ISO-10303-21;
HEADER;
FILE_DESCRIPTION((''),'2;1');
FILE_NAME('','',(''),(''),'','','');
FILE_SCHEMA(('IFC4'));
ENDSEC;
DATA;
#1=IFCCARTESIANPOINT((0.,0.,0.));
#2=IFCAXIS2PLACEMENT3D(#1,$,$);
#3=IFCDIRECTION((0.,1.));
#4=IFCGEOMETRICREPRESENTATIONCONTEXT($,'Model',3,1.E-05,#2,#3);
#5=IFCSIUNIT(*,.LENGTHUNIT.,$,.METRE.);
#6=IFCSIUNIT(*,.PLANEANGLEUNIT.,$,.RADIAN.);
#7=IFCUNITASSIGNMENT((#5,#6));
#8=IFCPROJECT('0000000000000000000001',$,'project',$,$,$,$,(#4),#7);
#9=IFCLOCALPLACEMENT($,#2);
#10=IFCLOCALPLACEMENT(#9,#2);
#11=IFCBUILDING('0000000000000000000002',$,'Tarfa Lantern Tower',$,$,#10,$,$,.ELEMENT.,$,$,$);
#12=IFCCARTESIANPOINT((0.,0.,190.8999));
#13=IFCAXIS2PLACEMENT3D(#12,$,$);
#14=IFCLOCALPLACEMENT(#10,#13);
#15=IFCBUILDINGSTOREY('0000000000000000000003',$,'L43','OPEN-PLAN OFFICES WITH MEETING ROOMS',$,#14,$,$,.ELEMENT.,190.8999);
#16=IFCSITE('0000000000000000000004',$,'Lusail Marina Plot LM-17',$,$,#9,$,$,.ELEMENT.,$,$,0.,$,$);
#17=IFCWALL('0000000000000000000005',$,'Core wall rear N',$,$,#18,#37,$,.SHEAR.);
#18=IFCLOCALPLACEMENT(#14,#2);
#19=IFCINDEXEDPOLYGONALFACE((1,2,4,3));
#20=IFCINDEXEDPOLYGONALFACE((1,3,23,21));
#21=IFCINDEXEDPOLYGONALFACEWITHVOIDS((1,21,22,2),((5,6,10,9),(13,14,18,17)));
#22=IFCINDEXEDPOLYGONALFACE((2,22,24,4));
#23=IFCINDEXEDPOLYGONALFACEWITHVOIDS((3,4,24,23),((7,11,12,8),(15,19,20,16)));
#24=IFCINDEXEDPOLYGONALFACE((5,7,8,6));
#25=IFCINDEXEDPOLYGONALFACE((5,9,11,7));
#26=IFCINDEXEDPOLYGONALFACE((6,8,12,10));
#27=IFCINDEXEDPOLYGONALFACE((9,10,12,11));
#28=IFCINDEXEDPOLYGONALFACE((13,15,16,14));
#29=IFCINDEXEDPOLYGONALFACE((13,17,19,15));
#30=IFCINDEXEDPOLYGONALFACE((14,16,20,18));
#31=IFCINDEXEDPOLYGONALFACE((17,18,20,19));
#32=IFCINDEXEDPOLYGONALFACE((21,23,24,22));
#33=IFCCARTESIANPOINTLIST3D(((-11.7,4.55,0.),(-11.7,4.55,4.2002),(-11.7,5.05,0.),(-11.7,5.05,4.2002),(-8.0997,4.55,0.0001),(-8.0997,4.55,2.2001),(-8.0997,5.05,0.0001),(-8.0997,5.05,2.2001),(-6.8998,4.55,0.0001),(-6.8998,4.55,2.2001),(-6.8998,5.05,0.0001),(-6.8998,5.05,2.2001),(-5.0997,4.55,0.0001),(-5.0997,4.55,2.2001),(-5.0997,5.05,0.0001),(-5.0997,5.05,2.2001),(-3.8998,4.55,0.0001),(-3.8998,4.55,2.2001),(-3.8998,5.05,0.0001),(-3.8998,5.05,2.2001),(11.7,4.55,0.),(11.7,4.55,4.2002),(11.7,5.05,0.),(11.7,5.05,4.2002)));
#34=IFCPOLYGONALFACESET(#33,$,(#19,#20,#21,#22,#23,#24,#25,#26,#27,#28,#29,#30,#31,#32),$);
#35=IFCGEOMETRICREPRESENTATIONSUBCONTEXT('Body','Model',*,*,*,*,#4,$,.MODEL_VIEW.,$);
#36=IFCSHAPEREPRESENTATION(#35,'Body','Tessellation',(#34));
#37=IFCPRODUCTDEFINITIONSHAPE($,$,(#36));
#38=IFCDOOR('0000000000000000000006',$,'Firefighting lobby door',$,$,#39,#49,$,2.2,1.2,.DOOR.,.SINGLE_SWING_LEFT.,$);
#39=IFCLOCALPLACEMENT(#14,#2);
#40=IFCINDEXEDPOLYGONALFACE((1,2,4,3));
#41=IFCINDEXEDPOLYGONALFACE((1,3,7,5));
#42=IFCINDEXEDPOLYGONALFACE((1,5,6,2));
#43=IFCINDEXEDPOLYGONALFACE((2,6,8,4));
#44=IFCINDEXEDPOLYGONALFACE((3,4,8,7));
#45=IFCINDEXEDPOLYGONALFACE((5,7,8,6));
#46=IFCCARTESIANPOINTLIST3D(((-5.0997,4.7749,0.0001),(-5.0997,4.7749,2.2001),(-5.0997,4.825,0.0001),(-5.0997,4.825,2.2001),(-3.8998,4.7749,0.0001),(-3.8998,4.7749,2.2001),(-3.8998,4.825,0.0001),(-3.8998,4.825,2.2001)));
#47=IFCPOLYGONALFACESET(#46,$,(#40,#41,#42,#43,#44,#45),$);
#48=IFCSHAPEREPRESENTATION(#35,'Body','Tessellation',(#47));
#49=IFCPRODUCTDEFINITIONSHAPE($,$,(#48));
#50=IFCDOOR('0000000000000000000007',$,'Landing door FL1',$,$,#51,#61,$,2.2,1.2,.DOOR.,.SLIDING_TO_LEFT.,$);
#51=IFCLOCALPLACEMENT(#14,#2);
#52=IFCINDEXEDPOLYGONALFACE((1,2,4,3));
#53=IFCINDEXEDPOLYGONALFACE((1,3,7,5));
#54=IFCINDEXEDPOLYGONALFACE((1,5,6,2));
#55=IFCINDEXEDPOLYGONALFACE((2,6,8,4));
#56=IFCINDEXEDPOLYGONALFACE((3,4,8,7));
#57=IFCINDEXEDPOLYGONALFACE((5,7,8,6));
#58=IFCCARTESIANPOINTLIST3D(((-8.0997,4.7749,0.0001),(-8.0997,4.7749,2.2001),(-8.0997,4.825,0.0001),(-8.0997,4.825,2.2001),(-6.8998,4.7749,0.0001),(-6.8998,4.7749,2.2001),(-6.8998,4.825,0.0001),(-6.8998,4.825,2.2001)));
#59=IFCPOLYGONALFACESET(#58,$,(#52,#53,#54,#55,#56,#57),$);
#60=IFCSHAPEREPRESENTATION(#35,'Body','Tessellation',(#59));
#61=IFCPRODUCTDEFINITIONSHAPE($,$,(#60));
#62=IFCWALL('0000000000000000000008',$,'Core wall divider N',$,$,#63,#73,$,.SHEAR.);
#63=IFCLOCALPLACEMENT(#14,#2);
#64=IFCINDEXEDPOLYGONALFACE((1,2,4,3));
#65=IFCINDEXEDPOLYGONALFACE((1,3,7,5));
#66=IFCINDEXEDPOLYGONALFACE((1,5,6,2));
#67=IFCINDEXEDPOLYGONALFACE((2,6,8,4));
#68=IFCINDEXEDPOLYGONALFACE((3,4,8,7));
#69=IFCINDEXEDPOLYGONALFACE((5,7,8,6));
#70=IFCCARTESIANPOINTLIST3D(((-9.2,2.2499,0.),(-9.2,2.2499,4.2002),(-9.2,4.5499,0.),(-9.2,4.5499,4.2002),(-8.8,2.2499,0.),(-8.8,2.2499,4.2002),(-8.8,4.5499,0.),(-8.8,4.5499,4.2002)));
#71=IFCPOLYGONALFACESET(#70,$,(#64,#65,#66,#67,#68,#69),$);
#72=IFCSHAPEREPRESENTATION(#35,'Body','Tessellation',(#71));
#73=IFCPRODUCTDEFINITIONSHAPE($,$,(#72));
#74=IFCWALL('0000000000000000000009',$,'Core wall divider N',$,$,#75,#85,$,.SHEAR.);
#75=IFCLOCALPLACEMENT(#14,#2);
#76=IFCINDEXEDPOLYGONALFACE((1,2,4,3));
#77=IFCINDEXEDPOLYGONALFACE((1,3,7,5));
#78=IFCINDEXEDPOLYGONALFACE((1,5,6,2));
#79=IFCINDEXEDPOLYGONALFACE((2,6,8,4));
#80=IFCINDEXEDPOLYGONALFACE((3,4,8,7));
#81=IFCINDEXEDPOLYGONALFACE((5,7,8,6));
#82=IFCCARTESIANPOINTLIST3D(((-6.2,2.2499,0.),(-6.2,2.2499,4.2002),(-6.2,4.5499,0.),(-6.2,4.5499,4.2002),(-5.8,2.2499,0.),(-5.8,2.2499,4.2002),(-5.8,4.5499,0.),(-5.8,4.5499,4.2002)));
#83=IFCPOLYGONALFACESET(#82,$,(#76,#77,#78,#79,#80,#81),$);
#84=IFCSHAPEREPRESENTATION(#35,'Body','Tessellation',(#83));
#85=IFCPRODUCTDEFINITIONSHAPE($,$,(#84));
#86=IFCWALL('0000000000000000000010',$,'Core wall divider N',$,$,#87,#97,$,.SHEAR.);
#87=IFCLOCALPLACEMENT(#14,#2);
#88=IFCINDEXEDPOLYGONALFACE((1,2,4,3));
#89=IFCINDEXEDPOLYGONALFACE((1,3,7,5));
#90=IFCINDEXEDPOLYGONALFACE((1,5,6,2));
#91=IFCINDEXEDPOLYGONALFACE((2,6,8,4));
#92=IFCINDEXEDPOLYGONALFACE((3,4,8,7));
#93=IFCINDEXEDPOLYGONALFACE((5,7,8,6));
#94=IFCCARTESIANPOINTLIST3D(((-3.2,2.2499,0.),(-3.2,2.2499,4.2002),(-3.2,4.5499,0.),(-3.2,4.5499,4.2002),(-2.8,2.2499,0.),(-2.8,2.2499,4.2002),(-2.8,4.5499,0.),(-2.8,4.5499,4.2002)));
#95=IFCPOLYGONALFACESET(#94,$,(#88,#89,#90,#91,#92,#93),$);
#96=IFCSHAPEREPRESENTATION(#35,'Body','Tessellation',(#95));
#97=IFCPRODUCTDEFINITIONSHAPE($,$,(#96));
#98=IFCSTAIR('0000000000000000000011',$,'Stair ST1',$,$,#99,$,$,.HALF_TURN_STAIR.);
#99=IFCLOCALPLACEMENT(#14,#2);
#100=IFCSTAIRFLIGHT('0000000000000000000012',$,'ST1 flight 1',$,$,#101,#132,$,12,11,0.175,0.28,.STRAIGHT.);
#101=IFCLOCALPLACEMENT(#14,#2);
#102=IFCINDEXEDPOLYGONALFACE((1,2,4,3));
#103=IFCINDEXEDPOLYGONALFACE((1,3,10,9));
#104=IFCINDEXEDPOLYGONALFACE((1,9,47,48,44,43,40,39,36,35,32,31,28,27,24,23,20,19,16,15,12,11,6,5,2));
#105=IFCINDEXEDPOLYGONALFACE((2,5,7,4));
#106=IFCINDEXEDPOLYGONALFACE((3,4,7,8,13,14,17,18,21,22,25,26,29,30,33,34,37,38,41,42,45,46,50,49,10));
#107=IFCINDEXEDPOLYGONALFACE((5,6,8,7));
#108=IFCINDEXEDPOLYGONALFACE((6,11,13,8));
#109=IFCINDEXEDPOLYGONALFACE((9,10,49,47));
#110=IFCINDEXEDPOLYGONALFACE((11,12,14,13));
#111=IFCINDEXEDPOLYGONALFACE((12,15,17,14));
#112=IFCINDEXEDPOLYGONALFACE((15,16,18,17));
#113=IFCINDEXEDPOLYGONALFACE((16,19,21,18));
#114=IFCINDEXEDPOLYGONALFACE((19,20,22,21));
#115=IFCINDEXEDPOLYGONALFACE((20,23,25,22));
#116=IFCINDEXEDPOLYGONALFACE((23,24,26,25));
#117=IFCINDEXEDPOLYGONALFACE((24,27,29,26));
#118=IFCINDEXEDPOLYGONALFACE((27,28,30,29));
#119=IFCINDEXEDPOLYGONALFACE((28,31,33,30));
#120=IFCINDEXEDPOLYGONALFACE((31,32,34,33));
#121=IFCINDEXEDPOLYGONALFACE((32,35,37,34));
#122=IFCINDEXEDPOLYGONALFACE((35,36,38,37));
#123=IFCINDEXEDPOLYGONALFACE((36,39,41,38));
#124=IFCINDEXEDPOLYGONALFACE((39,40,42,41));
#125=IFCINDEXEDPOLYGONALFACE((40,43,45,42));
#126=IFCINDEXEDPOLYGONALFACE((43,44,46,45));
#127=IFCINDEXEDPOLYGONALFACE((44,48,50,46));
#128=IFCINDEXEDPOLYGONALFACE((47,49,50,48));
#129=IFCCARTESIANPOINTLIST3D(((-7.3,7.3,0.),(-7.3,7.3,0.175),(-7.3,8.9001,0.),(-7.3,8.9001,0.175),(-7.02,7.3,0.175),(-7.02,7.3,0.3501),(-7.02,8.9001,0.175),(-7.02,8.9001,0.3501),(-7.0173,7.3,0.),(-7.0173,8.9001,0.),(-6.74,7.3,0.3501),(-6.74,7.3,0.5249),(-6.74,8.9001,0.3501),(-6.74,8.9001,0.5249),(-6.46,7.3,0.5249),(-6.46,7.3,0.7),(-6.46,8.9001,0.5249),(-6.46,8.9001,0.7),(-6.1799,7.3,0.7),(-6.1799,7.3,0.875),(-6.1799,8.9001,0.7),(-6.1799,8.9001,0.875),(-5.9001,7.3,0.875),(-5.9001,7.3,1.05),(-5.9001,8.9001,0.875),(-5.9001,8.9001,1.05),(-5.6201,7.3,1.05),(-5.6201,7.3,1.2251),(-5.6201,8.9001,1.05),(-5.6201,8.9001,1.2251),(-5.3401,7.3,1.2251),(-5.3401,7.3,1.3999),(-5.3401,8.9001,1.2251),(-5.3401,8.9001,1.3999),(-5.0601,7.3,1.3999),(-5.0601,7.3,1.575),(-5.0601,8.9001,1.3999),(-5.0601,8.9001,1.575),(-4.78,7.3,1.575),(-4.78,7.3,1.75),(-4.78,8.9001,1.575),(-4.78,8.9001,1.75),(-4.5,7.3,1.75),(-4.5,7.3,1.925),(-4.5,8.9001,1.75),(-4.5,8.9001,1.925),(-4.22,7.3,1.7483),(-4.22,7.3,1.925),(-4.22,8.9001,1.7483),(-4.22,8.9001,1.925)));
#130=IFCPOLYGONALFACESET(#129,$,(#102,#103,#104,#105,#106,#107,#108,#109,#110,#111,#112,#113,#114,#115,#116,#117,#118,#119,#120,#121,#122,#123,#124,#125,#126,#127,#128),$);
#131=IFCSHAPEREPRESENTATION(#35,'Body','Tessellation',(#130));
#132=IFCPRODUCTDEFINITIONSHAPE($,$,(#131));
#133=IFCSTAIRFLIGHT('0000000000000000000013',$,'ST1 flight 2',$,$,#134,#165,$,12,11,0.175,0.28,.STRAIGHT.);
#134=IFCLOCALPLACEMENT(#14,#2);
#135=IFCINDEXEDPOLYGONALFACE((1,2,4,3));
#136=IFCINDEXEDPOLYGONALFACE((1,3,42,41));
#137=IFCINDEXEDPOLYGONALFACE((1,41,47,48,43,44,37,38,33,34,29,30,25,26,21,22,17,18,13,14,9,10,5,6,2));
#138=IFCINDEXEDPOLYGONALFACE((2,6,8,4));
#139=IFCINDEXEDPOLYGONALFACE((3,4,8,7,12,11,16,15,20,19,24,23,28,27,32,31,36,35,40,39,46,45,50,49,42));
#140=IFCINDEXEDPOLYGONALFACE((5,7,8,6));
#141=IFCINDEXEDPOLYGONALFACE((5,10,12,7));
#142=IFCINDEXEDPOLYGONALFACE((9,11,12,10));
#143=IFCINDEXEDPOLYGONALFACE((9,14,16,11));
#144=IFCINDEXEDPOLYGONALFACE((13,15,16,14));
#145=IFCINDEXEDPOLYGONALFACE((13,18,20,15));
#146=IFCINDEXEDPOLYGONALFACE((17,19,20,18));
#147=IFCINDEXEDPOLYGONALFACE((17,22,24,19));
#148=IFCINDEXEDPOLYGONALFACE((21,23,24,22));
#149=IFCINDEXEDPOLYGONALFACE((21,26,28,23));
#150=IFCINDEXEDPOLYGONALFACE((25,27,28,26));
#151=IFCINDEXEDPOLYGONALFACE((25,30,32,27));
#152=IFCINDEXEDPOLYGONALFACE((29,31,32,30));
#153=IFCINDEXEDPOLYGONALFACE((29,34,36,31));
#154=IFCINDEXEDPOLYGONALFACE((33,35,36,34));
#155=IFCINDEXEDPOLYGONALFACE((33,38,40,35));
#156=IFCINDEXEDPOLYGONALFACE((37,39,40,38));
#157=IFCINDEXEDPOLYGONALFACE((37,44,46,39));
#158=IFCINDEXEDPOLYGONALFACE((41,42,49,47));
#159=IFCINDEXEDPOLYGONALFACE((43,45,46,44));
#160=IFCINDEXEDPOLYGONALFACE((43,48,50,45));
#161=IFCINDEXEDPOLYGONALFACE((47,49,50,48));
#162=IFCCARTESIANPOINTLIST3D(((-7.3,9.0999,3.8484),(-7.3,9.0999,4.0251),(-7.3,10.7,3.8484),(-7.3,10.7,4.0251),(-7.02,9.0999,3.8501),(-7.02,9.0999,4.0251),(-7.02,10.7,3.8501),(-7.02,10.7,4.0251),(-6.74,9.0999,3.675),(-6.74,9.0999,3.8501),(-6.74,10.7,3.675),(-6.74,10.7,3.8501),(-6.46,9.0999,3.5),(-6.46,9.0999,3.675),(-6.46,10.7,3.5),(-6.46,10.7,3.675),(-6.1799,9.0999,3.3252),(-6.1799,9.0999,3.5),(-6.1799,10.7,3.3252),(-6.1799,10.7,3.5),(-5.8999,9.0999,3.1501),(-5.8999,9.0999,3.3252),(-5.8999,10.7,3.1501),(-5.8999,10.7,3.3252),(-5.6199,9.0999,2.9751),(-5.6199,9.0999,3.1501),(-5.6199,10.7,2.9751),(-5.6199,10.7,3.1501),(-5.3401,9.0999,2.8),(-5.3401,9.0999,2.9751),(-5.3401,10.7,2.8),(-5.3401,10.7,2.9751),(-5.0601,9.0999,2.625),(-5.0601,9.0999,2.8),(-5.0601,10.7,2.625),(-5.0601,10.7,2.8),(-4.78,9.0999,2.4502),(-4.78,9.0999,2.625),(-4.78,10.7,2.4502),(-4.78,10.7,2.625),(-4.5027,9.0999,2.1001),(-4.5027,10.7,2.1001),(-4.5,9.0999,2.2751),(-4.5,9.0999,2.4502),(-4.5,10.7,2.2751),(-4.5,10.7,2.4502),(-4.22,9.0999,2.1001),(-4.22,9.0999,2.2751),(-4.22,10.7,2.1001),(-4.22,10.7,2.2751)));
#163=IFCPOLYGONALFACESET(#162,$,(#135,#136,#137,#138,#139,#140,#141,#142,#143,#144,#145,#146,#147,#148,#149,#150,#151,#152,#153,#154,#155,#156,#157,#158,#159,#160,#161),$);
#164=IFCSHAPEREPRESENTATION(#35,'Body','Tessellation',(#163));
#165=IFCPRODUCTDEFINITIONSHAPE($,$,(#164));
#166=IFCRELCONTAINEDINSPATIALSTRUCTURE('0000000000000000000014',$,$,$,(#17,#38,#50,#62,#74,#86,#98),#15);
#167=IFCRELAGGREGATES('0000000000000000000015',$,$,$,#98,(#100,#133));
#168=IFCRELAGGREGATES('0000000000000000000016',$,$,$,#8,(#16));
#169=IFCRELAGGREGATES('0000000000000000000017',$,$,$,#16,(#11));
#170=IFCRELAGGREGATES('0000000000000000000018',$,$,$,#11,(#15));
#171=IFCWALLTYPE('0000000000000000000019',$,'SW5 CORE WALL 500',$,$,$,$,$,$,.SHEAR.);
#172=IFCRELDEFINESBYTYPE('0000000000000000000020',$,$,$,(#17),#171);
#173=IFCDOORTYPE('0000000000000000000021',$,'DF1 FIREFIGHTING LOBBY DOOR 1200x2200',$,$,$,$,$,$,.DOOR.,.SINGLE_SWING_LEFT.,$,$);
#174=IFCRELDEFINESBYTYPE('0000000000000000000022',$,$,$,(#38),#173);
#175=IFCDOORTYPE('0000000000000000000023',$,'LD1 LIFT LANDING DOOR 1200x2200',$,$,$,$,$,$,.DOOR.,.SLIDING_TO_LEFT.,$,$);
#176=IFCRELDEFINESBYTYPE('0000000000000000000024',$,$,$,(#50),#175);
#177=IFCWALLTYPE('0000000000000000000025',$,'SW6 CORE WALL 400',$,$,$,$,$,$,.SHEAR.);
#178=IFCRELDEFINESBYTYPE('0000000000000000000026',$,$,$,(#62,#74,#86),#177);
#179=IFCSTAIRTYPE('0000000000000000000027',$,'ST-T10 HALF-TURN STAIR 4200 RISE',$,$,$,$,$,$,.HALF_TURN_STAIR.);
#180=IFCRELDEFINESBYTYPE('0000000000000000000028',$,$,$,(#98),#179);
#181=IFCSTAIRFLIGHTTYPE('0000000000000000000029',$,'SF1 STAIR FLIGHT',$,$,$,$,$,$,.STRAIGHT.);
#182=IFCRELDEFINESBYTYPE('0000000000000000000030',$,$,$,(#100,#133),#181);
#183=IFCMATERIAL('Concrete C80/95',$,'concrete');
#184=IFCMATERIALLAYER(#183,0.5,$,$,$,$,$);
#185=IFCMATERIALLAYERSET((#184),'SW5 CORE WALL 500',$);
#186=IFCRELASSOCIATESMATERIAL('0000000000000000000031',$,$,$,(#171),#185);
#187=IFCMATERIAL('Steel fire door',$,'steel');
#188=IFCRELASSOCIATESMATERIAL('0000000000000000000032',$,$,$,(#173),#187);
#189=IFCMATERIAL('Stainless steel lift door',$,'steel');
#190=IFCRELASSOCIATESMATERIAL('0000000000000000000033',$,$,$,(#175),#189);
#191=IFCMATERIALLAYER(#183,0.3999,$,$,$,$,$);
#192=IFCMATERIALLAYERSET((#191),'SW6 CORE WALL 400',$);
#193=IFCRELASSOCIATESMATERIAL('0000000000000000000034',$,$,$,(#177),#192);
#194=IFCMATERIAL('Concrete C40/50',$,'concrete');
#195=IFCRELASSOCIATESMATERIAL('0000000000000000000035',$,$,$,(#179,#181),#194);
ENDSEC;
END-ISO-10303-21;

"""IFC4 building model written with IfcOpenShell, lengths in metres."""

from ifc_helpers import new_model, si_unit, direction, frame, frame_2d, origin, place, context, subcontext, project, spatial, polyline, rectangle, outline, extrude, material, layer, layer_set, type_object, element, fill, aggregate, save


model = new_model("IFC4")

# Units and contexts
model_context = context("Model", 3, precision=1e-05, world=origin(), true_north=direction((0.0, 1.0)))
body_context = subcontext(model_context, "Body", "Model", "MODEL_VIEW")
ifc_project = project(units=[si_unit("LENGTHUNIT", "METRE"), si_unit("PLANEANGLEUNIT", "RADIAN")], contexts=[model_context])

# Site, building, storey
site_placement = place(None, origin())
site = spatial("IfcSite", under=ifc_project, at=site_placement, Name="Lusail Marina Plot LM-17", CompositionType="ELEMENT", RefElevation=0.0)
building_placement = place(site_placement, origin())
building = spatial("IfcBuilding", under=site, at=building_placement, Name="Tarfa Lantern Tower", CompositionType="ELEMENT")
storey_placement = place(building_placement, frame((0.0, 0.0, 190.8999)))
storey = spatial("IfcBuildingStorey", under=building, at=storey_placement, Name="L43", Description="OPEN-PLAN OFFICES WITH MEETING ROOMS", CompositionType="ELEMENT", Elevation=190.8999)

# Shared definitions
ifc_material_1 = material(Name="Concrete C80/95", Category="concrete")

# Shared definitions
ifc_material_2 = material(Name="Steel fire door", Category="steel")

# Wall, openings, doors
ifc_layer_1 = layer(ifc_material_1, 0.5)
ifc_layer_set_1 = layer_set([ifc_layer_1], Name="SW5 CORE WALL 500")
wall_type_1 = type_object("IfcWallType", Name="SW5 CORE WALL 500", PredefinedType="SHEAR", material=ifc_layer_set_1)
ifc_material_3 = material(Name="Stainless steel lift door", Category="steel")
wall_1_placement = place(storey_placement, frame((-11.7, 4.8, 0.0), z_axis=(0.0, 0.0, 1.0), x_axis=(1.0, 0.0, 0.0)))
wall_1 = element("IfcWall", 1, at=wall_1_placement, inside=storey, type_object=wall_type_1, Name="Core wall rear N", PredefinedType="SHEAR", context=body_context, shape_type="SweptSolid", body=[
    extrude(rectangle(XDim=23.3999, YDim=0.5, at=frame_2d((11.7, 0.0))), origin(), (0.0, 0.0, 1.0), 4.2002),
])
opening_1_placement = place(wall_1_placement, frame((6.6001, 0.0, 0.0)))
opening_1 = element("IfcOpeningElement", 2, at=opening_1_placement, cuts=wall_1, PredefinedType="OPENING", context=body_context, shape_type="SweptSolid", body=[
    extrude(rectangle(XDim=1.2, YDim=2.2, at=frame_2d((0.6001, 1.1001))), frame((0.0, 0.26, 0.0), z_axis=(0.0, -1.0, 0.0), x_axis=(1.0, 0.0, 0.0)), (0.0, 0.0, 1.0), 0.52),
])
opening_2_placement = place(wall_1_placement, frame((3.6001, 0.0, 0.0)))
opening_2 = element("IfcOpeningElement", 3, at=opening_2_placement, cuts=wall_1, PredefinedType="OPENING", context=body_context, shape_type="SweptSolid", body=[
    extrude(rectangle(XDim=1.2, YDim=2.2, at=frame_2d((0.6001, 1.1001))), frame((0.0, 0.26, 0.0), z_axis=(0.0, -1.0, 0.0), x_axis=(1.0, 0.0, 0.0)), (0.0, 0.0, 1.0), 0.52),
])
door_type_1 = type_object("IfcDoorType", Name="DF1 FIREFIGHTING LOBBY DOOR 1200x2200", OperationType="SINGLE_SWING_LEFT", PredefinedType="DOOR", material=ifc_material_2)
door_1_placement = place(opening_1_placement, origin())
door_1 = element("IfcDoor", 4, at=door_1_placement, inside=storey, type_object=door_type_1, Name="Firefighting lobby door", OperationType="SINGLE_SWING_LEFT", OverallHeight=2.2, OverallWidth=1.2, PredefinedType="DOOR", context=body_context, shape_type="SweptSolid", body=[
    extrude(rectangle(XDim=1.2, YDim=2.2, at=frame_2d((0.6001, 1.1001))), frame((0.0, 0.0249, 0.0), z_axis=(0.0, -1.0, 0.0), x_axis=(1.0, 0.0, 0.0)), (0.0, 0.0, 1.0), 0.05),
])
fill(opening_1, door_1)
door_type_2 = type_object("IfcDoorType", Name="LD1 LIFT LANDING DOOR 1200x2200", OperationType="SLIDING_TO_LEFT", PredefinedType="DOOR", material=ifc_material_3)
door_2_placement = place(opening_2_placement, origin())
door_2 = element("IfcDoor", 5, at=door_2_placement, inside=storey, type_object=door_type_2, Name="Landing door FL1", OperationType="SLIDING_TO_LEFT", OverallHeight=2.2, OverallWidth=1.2, PredefinedType="DOOR", context=body_context, shape_type="SweptSolid", body=[
    extrude(rectangle(XDim=1.2, YDim=2.2, at=frame_2d((0.6001, 1.1001))), frame((0.0, 0.0249, 0.0), z_axis=(0.0, -1.0, 0.0), x_axis=(1.0, 0.0, 0.0)), (0.0, 0.0, 1.0), 0.05),
])
fill(opening_2, door_2)

# Walls
ifc_layer_2 = layer(ifc_material_1, 0.3999)
ifc_layer_set_2 = layer_set([ifc_layer_2], Name="SW6 CORE WALL 400")
wall_type_2 = type_object("IfcWallType", Name="SW6 CORE WALL 400", PredefinedType="SHEAR", material=ifc_layer_set_2)
for number, where, z_axis, x_axis, name in (
    (6, (-9.0, 2.25, 0.0), (0.0, 0.0, 1.0), (0.0, 1.0, 0.0), "Core wall divider N"),
    (7, (-6.0, 2.25, 0.0), (0.0, 0.0, 1.0), (0.0, 1.0, 0.0), "Core wall divider N"),
    (8, (-3.0, 2.25, 0.0), (0.0, 0.0, 1.0), (0.0, 1.0, 0.0), "Core wall divider N"),
):
    element("IfcWall", number, at=place(storey_placement, frame(where, z_axis=z_axis, x_axis=x_axis)), inside=storey, type_object=wall_type_2, Name=name, PredefinedType="SHEAR", context=body_context, shape_type="SweptSolid", body=[
        extrude(rectangle(XDim=2.3, YDim=0.3999, at=frame_2d((1.1499, 0.0))), origin(), (0.0, 0.0, 1.0), 4.2002),
    ])

# Stair, stair flights
ifc_material_4 = material(Name="Concrete C40/50", Category="concrete")
stair_type = type_object("IfcStairType", Name="ST-T10 HALF-TURN STAIR 4200 RISE", PredefinedType="HALF_TURN_STAIR", material=ifc_material_4)
stair_placement = place(storey_placement, origin())
stair = element("IfcStair", 9, at=stair_placement, inside=storey, type_object=stair_type, Name="Stair ST1", PredefinedType="HALF_TURN_STAIR")
stair_flight_type = type_object("IfcStairFlightType", Name="SF1 STAIR FLIGHT", PredefinedType="STRAIGHT", material=ifc_material_4)
stair_flight_1_placement = place(storey_placement, frame((-7.3, 8.1001, 0.0), z_axis=(0.0, 0.0, 1.0), x_axis=(1.0, 0.0, 0.0)))
stair_flight_1 = element("IfcStairFlight", 10, at=stair_flight_1_placement, type_object=stair_flight_type, Name="ST1 flight 1", NumberOfRisers=12, NumberOfTreads=11, PredefinedType="STRAIGHT", RiserHeight=0.175, TreadLength=0.28, context=body_context, shape_type="SweptSolid", body=[
    extrude(outline(polyline([(0.0, 0.0), (0.0, 0.175), (0.28, 0.175), (0.28, 0.3501), (0.5601, 0.3501), (0.5601, 0.5249), (0.8401, 0.5249), (0.8401, 0.7), (1.1201, 0.7), (1.1201, 0.875), (1.3999, 0.875), (1.3999, 1.05), (1.6799, 1.05), (1.6799, 1.2251), (1.96, 1.2251), (1.96, 1.3999), (2.24, 1.3999), (2.24, 1.575), (2.52, 1.575), (2.52, 1.75), (2.8, 1.75), (2.8, 1.925), (3.0801, 1.925), (3.0801, 2.1001), (3.0801, 1.7483), (0.2827, 0.0), (0.0, 0.0)])), frame((0.0, 0.8, 0.0), z_axis=(0.0, -1.0, 0.0), x_axis=(1.0, 0.0, 0.0)), (0.0, 0.0, 1.0), 1.6001),
])
stair_flight_2_placement = place(storey_placement, frame((-4.22, 9.8999, 2.1001), z_axis=(0.0, 0.0, 1.0), x_axis=(-1.0, 0.0, 0.0)))
stair_flight_2 = element("IfcStairFlight", 11, at=stair_flight_2_placement, type_object=stair_flight_type, Name="ST1 flight 2", NumberOfRisers=12, NumberOfTreads=11, PredefinedType="STRAIGHT", RiserHeight=0.175, TreadLength=0.28, context=body_context, shape_type="SweptSolid", body=[
    extrude(outline(polyline([(0.0, 0.0), (0.0, 0.175), (0.28, 0.175), (0.28, 0.3501), (0.5601, 0.3501), (0.5601, 0.5249), (0.8401, 0.5249), (0.8401, 0.7), (1.1201, 0.7), (1.1201, 0.875), (1.3999, 0.875), (1.3999, 1.05), (1.6799, 1.05), (1.6799, 1.2251), (1.96, 1.2251), (1.96, 1.3999), (2.24, 1.3999), (2.24, 1.575), (2.52, 1.575), (2.52, 1.75), (2.8, 1.75), (2.8, 1.925), (3.0801, 1.925), (3.0801, 2.1001), (3.0801, 1.7483), (0.2827, 0.0), (0.0, 0.0)])), frame((0.0, 0.8, 0.0), z_axis=(0.0, -1.0, 0.0), x_axis=(1.0, 0.0, 0.0)), (0.0, 0.0, 1.0), 1.6001),
])
aggregate(stair, [stair_flight_1, stair_flight_2])

save(model, "model.ifc")
